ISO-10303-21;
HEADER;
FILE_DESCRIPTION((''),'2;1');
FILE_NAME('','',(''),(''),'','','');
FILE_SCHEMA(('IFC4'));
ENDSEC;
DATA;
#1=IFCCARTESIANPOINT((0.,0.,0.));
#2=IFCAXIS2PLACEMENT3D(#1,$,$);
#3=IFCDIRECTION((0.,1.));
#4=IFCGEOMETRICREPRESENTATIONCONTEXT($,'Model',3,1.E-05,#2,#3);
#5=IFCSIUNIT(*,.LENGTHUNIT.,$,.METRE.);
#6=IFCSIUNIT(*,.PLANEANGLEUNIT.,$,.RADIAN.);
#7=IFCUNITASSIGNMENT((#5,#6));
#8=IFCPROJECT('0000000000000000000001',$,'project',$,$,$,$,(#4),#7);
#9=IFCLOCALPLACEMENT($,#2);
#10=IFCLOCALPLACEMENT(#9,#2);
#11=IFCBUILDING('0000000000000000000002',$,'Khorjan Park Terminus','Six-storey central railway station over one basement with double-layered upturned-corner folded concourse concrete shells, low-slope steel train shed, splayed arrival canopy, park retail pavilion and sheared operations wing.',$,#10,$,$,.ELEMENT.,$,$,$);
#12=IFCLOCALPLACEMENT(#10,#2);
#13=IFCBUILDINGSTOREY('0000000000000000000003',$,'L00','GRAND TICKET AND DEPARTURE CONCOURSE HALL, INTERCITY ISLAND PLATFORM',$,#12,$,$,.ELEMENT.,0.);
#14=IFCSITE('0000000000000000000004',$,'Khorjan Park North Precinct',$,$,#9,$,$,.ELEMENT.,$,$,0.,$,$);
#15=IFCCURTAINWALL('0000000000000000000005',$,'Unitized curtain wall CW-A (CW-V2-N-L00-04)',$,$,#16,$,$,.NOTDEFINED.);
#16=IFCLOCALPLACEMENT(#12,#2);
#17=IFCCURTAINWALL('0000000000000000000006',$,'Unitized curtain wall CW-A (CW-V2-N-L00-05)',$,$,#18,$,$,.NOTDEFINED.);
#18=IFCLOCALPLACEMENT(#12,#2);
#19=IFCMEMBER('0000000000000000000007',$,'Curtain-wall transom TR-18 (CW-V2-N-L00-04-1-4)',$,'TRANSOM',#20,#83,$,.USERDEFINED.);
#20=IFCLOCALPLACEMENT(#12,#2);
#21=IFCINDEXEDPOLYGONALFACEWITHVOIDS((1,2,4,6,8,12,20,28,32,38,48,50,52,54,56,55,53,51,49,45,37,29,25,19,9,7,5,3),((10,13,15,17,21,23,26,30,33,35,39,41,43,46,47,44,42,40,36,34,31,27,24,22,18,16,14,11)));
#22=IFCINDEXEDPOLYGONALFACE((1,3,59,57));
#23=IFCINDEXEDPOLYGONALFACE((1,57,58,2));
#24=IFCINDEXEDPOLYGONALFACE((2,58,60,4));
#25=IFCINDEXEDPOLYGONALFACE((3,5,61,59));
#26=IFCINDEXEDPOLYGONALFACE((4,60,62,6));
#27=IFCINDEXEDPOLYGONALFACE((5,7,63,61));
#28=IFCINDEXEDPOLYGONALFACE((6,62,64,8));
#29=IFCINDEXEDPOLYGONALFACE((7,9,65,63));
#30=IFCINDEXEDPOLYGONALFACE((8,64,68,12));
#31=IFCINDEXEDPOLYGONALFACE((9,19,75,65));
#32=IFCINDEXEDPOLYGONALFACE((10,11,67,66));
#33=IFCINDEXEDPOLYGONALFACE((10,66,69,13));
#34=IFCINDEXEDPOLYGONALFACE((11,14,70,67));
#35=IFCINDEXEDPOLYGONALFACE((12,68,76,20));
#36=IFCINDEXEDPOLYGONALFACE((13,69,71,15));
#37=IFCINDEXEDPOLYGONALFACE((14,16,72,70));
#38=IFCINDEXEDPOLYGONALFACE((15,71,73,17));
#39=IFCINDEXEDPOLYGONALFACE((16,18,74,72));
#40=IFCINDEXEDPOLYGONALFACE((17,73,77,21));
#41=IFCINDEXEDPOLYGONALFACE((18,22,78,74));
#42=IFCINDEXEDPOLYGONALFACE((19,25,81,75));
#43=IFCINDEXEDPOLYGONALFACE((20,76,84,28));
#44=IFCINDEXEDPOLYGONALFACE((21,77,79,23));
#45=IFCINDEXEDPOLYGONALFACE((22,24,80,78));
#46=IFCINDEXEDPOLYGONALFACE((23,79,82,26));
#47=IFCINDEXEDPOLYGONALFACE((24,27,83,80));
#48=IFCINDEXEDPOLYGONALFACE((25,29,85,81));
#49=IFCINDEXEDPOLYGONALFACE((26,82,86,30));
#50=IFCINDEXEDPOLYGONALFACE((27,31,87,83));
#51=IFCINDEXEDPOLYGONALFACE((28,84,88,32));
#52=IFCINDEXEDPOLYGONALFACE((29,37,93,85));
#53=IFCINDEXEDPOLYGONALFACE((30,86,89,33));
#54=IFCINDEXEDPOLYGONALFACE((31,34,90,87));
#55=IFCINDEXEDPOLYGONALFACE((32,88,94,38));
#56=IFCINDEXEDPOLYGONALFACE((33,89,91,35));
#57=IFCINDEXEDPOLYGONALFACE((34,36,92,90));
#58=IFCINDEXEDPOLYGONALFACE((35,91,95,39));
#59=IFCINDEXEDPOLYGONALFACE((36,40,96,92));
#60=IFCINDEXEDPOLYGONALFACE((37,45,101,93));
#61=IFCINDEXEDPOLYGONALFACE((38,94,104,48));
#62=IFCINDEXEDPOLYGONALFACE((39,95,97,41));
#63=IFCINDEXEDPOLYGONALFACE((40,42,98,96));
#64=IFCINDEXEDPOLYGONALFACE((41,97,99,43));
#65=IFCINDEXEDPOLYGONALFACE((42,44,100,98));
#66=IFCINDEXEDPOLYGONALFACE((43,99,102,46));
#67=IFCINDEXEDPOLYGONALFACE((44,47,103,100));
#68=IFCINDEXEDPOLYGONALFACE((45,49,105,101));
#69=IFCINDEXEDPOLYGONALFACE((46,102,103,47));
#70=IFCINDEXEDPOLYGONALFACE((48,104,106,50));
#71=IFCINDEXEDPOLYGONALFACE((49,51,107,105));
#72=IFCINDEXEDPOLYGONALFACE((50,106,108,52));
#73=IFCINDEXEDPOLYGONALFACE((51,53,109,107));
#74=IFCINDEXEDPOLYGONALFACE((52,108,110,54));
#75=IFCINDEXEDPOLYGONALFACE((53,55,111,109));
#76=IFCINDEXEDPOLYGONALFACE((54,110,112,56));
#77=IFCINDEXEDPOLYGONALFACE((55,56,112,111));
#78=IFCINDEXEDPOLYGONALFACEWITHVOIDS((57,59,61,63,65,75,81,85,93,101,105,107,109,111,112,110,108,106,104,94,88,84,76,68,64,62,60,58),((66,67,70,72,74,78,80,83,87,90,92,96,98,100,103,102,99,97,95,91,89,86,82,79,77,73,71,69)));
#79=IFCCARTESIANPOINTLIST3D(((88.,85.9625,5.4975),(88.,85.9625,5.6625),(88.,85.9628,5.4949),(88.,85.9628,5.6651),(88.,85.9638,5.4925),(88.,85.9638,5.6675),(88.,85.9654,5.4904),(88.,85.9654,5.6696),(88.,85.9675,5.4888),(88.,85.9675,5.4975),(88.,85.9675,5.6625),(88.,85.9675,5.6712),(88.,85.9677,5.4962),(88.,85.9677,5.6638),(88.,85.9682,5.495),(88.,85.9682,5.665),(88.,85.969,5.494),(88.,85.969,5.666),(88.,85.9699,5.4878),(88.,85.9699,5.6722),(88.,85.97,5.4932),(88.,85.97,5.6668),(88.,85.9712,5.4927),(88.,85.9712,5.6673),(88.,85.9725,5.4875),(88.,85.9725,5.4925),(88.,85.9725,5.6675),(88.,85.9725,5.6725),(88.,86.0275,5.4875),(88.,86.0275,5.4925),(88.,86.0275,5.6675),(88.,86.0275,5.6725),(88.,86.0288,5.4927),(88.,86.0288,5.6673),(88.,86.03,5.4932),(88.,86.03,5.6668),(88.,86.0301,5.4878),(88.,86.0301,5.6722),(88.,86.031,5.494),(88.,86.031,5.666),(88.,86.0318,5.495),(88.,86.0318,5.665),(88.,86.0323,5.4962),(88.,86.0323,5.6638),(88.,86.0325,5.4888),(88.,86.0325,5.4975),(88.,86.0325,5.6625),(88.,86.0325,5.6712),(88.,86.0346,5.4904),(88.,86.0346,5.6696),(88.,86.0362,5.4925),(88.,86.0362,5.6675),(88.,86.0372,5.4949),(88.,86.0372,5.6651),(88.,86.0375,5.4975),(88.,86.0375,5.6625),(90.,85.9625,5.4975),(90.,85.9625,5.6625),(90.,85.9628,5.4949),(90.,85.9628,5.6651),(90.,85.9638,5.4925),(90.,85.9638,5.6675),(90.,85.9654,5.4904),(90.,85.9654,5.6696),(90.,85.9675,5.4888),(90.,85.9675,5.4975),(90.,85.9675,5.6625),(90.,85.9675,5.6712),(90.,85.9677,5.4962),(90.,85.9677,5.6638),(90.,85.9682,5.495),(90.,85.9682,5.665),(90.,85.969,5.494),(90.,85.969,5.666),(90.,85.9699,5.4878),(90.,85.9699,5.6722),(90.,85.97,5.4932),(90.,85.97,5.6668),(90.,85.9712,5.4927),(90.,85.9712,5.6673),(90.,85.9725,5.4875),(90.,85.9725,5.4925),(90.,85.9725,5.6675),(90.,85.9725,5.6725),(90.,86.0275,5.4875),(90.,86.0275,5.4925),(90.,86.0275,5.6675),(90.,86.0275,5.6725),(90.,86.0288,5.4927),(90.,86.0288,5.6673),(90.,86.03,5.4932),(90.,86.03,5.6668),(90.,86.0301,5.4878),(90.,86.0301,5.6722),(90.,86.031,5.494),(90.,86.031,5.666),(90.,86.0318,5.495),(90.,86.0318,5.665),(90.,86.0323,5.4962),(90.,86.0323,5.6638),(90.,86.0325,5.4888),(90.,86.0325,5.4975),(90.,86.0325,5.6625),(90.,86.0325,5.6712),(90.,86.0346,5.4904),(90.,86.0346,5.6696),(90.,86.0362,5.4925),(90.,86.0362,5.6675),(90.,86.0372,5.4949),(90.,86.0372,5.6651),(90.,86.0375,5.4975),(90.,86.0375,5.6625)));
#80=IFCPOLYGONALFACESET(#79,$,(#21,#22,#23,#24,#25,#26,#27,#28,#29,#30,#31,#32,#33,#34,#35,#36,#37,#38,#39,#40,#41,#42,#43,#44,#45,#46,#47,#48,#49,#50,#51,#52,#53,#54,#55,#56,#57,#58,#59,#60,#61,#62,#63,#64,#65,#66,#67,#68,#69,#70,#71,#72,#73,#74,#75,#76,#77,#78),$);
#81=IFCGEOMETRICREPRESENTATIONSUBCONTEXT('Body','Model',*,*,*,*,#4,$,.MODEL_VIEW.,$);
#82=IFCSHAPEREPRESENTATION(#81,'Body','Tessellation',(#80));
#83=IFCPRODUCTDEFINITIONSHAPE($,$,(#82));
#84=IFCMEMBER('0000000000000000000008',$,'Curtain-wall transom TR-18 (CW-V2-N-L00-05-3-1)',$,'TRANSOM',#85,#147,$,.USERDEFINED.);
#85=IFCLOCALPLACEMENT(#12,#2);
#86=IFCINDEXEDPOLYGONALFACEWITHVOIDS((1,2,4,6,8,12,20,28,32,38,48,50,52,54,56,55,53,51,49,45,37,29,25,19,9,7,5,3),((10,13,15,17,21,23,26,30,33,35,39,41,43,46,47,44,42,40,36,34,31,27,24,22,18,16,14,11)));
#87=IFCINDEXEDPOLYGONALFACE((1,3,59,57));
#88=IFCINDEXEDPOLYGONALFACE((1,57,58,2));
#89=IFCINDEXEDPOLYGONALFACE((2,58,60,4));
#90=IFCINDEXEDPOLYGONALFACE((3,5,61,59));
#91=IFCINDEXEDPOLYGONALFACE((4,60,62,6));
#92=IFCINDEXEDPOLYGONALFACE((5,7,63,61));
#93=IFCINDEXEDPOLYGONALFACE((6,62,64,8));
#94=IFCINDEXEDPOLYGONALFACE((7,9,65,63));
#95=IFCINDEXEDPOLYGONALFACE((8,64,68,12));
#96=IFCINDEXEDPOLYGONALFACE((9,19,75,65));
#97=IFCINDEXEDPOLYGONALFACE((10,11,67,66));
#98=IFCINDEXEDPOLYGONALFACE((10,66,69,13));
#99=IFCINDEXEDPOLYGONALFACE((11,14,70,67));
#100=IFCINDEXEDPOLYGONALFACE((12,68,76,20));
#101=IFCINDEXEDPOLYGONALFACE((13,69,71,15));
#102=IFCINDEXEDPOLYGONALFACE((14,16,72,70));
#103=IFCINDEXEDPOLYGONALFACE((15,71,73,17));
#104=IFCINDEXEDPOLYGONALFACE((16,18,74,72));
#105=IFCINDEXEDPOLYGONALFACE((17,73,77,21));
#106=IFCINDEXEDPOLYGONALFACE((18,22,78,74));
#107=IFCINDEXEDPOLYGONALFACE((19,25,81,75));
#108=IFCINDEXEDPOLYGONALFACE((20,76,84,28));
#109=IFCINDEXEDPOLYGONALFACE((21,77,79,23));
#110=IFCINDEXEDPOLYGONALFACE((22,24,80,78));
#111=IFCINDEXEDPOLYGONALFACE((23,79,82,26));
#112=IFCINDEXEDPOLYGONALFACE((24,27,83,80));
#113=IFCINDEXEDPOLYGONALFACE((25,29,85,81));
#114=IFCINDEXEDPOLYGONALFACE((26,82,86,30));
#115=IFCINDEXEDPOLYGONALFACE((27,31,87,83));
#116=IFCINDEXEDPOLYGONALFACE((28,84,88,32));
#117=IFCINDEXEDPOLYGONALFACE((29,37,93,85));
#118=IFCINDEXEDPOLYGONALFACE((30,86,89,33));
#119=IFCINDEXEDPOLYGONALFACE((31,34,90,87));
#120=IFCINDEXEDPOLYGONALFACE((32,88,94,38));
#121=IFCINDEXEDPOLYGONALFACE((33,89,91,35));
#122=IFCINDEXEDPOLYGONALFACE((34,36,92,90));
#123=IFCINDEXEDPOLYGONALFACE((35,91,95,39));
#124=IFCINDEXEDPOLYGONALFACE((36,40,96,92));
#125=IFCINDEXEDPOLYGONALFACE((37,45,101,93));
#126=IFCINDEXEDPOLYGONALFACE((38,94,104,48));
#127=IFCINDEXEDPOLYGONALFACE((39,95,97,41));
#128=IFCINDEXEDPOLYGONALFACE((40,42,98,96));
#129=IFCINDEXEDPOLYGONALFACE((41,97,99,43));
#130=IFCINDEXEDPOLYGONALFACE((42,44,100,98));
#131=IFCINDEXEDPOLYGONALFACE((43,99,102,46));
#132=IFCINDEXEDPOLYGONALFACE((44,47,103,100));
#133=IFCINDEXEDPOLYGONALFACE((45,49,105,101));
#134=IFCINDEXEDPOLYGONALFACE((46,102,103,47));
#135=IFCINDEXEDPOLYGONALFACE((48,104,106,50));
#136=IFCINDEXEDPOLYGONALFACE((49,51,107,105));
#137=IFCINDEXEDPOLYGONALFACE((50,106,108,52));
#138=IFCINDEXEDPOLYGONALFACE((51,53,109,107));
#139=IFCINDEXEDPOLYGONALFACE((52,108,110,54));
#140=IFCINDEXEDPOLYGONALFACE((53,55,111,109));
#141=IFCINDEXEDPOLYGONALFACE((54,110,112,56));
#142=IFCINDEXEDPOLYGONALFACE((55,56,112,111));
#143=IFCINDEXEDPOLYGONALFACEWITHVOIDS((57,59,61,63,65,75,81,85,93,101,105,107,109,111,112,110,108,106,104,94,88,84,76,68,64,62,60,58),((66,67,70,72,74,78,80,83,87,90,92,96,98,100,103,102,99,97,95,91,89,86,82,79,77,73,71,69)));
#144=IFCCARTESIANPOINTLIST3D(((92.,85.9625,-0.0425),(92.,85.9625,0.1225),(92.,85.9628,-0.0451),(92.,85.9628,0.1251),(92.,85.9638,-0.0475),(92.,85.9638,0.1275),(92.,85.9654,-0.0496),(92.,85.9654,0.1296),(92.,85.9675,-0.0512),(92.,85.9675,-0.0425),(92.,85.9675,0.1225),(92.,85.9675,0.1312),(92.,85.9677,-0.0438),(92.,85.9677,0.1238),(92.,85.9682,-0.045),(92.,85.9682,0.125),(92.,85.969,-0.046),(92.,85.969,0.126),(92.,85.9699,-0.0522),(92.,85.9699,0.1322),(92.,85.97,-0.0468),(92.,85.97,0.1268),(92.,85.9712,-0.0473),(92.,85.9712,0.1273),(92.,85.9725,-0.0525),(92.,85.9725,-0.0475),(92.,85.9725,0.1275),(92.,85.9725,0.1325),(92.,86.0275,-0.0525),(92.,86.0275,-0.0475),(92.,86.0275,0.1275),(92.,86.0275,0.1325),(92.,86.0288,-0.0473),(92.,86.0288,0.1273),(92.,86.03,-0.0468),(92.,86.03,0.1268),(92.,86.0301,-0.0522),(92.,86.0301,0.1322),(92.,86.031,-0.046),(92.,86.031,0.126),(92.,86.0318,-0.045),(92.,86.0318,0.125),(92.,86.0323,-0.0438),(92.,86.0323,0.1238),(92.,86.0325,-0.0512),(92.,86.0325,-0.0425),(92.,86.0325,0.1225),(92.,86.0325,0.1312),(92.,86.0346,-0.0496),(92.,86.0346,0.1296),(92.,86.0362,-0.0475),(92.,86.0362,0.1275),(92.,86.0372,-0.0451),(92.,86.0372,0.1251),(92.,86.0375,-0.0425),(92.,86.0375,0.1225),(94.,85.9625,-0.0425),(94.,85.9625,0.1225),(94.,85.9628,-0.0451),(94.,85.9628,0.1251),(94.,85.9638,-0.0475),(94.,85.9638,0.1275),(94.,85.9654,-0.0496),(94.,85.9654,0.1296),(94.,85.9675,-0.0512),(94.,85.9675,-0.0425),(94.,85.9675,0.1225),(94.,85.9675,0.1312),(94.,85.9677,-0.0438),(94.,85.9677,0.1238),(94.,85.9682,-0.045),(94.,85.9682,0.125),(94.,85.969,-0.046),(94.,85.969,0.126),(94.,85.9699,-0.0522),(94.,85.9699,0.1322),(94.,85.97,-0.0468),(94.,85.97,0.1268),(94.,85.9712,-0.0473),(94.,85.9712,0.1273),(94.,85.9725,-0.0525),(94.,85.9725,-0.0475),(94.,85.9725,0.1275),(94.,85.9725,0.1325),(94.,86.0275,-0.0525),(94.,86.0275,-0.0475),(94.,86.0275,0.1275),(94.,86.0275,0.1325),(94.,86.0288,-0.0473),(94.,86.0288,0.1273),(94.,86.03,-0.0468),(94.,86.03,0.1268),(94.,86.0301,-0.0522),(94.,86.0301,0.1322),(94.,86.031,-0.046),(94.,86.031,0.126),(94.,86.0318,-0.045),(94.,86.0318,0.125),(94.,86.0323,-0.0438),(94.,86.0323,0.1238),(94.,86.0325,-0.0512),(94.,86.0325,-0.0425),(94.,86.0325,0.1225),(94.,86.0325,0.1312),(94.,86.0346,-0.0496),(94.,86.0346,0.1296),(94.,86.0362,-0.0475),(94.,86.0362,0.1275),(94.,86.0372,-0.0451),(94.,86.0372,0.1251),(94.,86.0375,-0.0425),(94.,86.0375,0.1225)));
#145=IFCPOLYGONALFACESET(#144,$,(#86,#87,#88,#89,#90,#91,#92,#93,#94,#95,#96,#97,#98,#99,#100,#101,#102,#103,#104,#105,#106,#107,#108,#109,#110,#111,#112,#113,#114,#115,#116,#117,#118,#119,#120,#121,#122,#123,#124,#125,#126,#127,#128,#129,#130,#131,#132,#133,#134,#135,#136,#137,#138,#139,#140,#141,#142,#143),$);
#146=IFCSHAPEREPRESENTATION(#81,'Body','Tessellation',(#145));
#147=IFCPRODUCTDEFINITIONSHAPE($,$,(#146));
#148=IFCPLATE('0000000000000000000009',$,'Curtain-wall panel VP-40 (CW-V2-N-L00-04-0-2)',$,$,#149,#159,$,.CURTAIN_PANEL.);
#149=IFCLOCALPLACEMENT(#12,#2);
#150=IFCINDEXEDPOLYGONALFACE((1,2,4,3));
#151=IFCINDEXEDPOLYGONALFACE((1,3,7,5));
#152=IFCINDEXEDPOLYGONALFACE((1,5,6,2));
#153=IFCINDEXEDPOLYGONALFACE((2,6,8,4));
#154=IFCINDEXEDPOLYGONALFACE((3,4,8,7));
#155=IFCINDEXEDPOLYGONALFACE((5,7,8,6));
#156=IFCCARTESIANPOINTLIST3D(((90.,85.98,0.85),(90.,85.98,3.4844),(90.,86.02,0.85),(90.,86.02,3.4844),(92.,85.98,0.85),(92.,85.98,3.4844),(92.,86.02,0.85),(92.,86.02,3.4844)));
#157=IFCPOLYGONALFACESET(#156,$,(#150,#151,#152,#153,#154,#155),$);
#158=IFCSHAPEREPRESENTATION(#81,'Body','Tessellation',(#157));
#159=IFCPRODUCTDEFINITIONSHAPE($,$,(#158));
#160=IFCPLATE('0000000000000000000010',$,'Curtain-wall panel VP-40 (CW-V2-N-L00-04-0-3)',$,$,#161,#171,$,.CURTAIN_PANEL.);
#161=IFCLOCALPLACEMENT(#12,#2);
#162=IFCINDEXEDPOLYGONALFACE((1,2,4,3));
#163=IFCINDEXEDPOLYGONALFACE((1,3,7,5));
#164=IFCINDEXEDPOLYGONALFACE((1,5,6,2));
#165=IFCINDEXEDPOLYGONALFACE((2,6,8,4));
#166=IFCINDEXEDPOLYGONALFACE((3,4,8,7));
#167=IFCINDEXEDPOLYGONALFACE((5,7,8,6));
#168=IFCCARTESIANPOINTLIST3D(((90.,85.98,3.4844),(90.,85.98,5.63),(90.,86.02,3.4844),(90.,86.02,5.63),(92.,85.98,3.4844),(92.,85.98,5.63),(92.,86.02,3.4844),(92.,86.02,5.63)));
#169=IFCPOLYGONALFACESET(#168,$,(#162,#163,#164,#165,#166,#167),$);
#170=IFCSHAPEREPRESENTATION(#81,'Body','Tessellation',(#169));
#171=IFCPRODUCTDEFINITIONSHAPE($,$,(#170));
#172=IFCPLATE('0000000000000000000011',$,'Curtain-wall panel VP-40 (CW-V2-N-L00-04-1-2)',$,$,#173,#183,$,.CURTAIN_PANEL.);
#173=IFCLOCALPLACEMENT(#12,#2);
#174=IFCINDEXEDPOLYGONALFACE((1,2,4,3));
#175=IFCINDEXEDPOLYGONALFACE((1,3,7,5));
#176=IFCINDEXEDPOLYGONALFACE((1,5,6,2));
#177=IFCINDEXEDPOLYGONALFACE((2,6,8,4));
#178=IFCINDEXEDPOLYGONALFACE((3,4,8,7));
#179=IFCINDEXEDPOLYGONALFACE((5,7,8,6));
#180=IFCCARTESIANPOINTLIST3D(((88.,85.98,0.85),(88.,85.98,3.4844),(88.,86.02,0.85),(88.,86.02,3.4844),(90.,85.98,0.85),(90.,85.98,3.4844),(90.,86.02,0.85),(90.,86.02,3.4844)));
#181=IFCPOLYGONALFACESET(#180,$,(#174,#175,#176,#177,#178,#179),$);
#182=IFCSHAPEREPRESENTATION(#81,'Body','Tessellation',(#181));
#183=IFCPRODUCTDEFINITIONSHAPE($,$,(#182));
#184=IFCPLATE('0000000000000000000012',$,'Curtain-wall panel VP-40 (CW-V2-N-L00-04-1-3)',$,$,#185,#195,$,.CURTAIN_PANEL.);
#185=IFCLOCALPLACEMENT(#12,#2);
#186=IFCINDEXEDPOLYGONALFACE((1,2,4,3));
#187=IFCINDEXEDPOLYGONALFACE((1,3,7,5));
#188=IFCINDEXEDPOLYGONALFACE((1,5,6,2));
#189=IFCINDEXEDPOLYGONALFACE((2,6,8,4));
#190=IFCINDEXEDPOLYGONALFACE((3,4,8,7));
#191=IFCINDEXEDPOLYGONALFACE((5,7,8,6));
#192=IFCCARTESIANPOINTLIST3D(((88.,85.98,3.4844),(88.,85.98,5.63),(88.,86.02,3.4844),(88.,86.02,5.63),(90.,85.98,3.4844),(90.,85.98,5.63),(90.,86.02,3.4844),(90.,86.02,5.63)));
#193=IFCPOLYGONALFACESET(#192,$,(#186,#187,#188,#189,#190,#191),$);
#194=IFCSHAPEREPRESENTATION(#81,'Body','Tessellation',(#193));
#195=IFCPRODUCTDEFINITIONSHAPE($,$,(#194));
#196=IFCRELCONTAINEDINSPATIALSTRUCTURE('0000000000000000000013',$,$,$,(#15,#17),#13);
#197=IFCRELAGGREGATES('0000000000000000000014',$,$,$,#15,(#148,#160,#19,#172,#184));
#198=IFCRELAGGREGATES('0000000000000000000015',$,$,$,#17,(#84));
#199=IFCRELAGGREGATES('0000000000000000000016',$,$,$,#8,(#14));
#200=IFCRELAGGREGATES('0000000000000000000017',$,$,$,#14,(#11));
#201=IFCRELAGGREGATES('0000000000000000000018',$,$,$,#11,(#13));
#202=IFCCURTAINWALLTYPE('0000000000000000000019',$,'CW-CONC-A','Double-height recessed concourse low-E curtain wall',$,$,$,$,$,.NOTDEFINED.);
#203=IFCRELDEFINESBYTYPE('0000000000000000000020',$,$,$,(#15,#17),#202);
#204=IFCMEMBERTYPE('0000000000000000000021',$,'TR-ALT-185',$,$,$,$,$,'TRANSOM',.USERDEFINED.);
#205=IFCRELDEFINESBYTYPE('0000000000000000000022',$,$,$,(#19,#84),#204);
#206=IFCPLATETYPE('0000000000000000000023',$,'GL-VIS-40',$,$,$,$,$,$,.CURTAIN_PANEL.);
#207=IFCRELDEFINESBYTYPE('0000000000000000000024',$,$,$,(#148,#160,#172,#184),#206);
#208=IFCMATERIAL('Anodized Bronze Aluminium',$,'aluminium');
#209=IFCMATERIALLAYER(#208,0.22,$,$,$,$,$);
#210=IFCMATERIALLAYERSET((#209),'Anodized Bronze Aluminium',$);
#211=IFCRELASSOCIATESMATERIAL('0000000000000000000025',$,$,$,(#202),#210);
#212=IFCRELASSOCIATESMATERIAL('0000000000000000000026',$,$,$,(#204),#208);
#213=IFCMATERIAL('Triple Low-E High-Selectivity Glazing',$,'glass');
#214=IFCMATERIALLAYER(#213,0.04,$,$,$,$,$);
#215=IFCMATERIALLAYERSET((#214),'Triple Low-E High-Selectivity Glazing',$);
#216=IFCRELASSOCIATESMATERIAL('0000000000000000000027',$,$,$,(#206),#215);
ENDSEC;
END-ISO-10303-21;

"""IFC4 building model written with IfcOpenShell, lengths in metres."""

from ifc_helpers import new_model, si_unit, direction, frame, origin, origin_2d, place, context, subcontext, project, spatial, rectangle, hollow_rectangle, extrude, material, layer, layer_set, material_profile, profile_set, type_object, element, aggregate, save


model = new_model("IFC4")

# Units and contexts
model_context = context("Model", 3, precision=1e-05, world=origin(), true_north=direction((0.0, 1.0)))
body_context = subcontext(model_context, "Body", "Model", "MODEL_VIEW")
ifc_project = project(units=[si_unit("LENGTHUNIT", "METRE"), si_unit("PLANEANGLEUNIT", "RADIAN")], contexts=[model_context])

# Site, building, storey
site_placement = place(None, origin())
site = spatial("IfcSite", under=ifc_project, at=site_placement, Name="Khorjan Park North Precinct", CompositionType="ELEMENT", RefElevation=0.0)
building_placement = place(site_placement, origin())
building = spatial("IfcBuilding", under=site, at=building_placement, Name="Khorjan Park Terminus", Description="Six-storey central railway station over one basement with double-layered upturned-corner folded concourse concrete shells, low-slope steel train shed, splayed arrival canopy, park retail pavilion and sheared operations wing.", CompositionType="ELEMENT")
storey_placement = place(building_placement, origin())
storey = spatial("IfcBuildingStorey", under=building, at=storey_placement, Name="L00", Description="GRAND TICKET AND DEPARTURE CONCOURSE HALL, INTERCITY ISLAND PLATFORM", CompositionType="ELEMENT", Elevation=0.0)

# Curtain wall
ifc_material_1 = material(Name="Anodized Bronze Aluminium", Category="aluminium")
ifc_layer_1 = layer(ifc_material_1, 0.22)
ifc_layer_set_1 = layer_set([ifc_layer_1], Name="Anodized Bronze Aluminium")
curtain_wall_type = type_object("IfcCurtainWallType", Name="CW-CONC-A", Description="Double-height recessed concourse low-E curtain wall", PredefinedType="NOTDEFINED", material=ifc_layer_set_1)
curtain_wall_1_placement = place(storey_placement, origin())
curtain_wall_1 = element("IfcCurtainWall", 1, at=curtain_wall_1_placement, inside=storey, type_object=curtain_wall_type, Name="Unitized curtain wall CW-A (CW-V2-N-L00-04)", PredefinedType="NOTDEFINED")

# Curtain wall
curtain_wall_2_placement = place(storey_placement, origin())
curtain_wall_2 = element("IfcCurtainWall", 2, at=curtain_wall_2_placement, inside=storey, type_object=curtain_wall_type, Name="Unitized curtain wall CW-A (CW-V2-N-L00-05)", PredefinedType="NOTDEFINED")

# Members
ifc_material_profile_1 = material_profile(ifc_material_1, hollow_rectangle(XDim=0.075, YDim=0.185, WallThickness=0.005, InnerFilletRadius=0.005, OuterFilletRadius=0.01, at=origin_2d()), Name="ALT 75x185x5")
ifc_profile_set_1 = profile_set([ifc_material_profile_1], Name="Anodized Bronze Aluminium")
member_type_1 = type_object("IfcMemberType", Name="TR-ALT-185", ElementType="TRANSOM", PredefinedType="USERDEFINED", material=ifc_profile_set_1)
member_1_placement = place(storey_placement, frame((90.0, 86.0, 5.58), z_axis=(-1.0, 0.0, 0.0), x_axis=(0.0, -1.0, 0.0)))
member_1 = element("IfcMember", 3, at=member_1_placement, type_object=member_type_1, Name="Curtain-wall transom TR-18 (CW-V2-N-L00-04-1-4)", ObjectType="TRANSOM", PredefinedType="USERDEFINED", context=body_context, shape_type="SweptSolid", body=[
    extrude(hollow_rectangle(XDim=0.075, YDim=0.185, WallThickness=0.005, InnerFilletRadius=0.005, OuterFilletRadius=0.01, at=origin_2d()), origin(), (0.0, 0.0, 1.0), 2.0),
])
member_2_placement = place(storey_placement, frame((94.0, 86.0, 0.04), z_axis=(-1.0, 0.0, 0.0), x_axis=(0.0, -1.0, 0.0)))
member_2 = element("IfcMember", 4, at=member_2_placement, type_object=member_type_1, Name="Curtain-wall transom TR-18 (CW-V2-N-L00-05-3-1)", ObjectType="TRANSOM", PredefinedType="USERDEFINED", context=body_context, shape_type="SweptSolid", body=[
    extrude(hollow_rectangle(XDim=0.075, YDim=0.185, WallThickness=0.005, InnerFilletRadius=0.005, OuterFilletRadius=0.01, at=origin_2d()), origin(), (0.0, 0.0, 1.0), 2.0),
])

# Plates
ifc_material_2 = material(Name="Triple Low-E High-Selectivity Glazing", Category="glass")
ifc_layer_2 = layer(ifc_material_2, 0.04)
ifc_layer_set_2 = layer_set([ifc_layer_2], Name="Triple Low-E High-Selectivity Glazing")
plate_type_1 = type_object("IfcPlateType", Name="GL-VIS-40", PredefinedType="CURTAIN_PANEL", material=ifc_layer_set_2)
plate_1_placement = place(storey_placement, frame((91.0, 86.0, 0.85), z_axis=(0.0, 0.0, 1.0), x_axis=(-1.0, 0.0, 0.0)))
plate_1 = element("IfcPlate", 5, at=plate_1_placement, type_object=plate_type_1, Name="Curtain-wall panel VP-40 (CW-V2-N-L00-04-0-2)", PredefinedType="CURTAIN_PANEL", context=body_context, shape_type="SweptSolid", body=[
    extrude(rectangle(XDim=2.0, YDim=0.04, at=origin_2d()), origin(), (0.0, 0.0, 1.0), 2.6344),
])
plate_2_placement = place(storey_placement, frame((91.0, 86.0, 3.4844), z_axis=(0.0, 0.0, 1.0), x_axis=(-1.0, 0.0, 0.0)))
plate_2 = element("IfcPlate", 6, at=plate_2_placement, type_object=plate_type_1, Name="Curtain-wall panel VP-40 (CW-V2-N-L00-04-0-3)", PredefinedType="CURTAIN_PANEL", context=body_context, shape_type="SweptSolid", body=[
    extrude(rectangle(XDim=2.0, YDim=0.04, at=origin_2d()), origin(), (0.0, 0.0, 1.0), 2.1456),
])
plate_3_placement = place(storey_placement, frame((89.0, 86.0, 0.85), z_axis=(0.0, 0.0, 1.0), x_axis=(-1.0, 0.0, 0.0)))
plate_3 = element("IfcPlate", 7, at=plate_3_placement, type_object=plate_type_1, Name="Curtain-wall panel VP-40 (CW-V2-N-L00-04-1-2)", PredefinedType="CURTAIN_PANEL", context=body_context, shape_type="SweptSolid", body=[
    extrude(rectangle(XDim=2.0, YDim=0.04, at=origin_2d()), origin(), (0.0, 0.0, 1.0), 2.6344),
])
plate_4_placement = place(storey_placement, frame((89.0, 86.0, 3.4844), z_axis=(0.0, 0.0, 1.0), x_axis=(-1.0, 0.0, 0.0)))
plate_4 = element("IfcPlate", 8, at=plate_4_placement, type_object=plate_type_1, Name="Curtain-wall panel VP-40 (CW-V2-N-L00-04-1-3)", PredefinedType="CURTAIN_PANEL", context=body_context, shape_type="SweptSolid", body=[
    extrude(rectangle(XDim=2.0, YDim=0.04, at=origin_2d()), origin(), (0.0, 0.0, 1.0), 2.1456),
])
aggregate(curtain_wall_1, [plate_1, plate_2, member_1, plate_3, plate_4])
aggregate(curtain_wall_2, [member_2])

save(model, "model.ifc")
